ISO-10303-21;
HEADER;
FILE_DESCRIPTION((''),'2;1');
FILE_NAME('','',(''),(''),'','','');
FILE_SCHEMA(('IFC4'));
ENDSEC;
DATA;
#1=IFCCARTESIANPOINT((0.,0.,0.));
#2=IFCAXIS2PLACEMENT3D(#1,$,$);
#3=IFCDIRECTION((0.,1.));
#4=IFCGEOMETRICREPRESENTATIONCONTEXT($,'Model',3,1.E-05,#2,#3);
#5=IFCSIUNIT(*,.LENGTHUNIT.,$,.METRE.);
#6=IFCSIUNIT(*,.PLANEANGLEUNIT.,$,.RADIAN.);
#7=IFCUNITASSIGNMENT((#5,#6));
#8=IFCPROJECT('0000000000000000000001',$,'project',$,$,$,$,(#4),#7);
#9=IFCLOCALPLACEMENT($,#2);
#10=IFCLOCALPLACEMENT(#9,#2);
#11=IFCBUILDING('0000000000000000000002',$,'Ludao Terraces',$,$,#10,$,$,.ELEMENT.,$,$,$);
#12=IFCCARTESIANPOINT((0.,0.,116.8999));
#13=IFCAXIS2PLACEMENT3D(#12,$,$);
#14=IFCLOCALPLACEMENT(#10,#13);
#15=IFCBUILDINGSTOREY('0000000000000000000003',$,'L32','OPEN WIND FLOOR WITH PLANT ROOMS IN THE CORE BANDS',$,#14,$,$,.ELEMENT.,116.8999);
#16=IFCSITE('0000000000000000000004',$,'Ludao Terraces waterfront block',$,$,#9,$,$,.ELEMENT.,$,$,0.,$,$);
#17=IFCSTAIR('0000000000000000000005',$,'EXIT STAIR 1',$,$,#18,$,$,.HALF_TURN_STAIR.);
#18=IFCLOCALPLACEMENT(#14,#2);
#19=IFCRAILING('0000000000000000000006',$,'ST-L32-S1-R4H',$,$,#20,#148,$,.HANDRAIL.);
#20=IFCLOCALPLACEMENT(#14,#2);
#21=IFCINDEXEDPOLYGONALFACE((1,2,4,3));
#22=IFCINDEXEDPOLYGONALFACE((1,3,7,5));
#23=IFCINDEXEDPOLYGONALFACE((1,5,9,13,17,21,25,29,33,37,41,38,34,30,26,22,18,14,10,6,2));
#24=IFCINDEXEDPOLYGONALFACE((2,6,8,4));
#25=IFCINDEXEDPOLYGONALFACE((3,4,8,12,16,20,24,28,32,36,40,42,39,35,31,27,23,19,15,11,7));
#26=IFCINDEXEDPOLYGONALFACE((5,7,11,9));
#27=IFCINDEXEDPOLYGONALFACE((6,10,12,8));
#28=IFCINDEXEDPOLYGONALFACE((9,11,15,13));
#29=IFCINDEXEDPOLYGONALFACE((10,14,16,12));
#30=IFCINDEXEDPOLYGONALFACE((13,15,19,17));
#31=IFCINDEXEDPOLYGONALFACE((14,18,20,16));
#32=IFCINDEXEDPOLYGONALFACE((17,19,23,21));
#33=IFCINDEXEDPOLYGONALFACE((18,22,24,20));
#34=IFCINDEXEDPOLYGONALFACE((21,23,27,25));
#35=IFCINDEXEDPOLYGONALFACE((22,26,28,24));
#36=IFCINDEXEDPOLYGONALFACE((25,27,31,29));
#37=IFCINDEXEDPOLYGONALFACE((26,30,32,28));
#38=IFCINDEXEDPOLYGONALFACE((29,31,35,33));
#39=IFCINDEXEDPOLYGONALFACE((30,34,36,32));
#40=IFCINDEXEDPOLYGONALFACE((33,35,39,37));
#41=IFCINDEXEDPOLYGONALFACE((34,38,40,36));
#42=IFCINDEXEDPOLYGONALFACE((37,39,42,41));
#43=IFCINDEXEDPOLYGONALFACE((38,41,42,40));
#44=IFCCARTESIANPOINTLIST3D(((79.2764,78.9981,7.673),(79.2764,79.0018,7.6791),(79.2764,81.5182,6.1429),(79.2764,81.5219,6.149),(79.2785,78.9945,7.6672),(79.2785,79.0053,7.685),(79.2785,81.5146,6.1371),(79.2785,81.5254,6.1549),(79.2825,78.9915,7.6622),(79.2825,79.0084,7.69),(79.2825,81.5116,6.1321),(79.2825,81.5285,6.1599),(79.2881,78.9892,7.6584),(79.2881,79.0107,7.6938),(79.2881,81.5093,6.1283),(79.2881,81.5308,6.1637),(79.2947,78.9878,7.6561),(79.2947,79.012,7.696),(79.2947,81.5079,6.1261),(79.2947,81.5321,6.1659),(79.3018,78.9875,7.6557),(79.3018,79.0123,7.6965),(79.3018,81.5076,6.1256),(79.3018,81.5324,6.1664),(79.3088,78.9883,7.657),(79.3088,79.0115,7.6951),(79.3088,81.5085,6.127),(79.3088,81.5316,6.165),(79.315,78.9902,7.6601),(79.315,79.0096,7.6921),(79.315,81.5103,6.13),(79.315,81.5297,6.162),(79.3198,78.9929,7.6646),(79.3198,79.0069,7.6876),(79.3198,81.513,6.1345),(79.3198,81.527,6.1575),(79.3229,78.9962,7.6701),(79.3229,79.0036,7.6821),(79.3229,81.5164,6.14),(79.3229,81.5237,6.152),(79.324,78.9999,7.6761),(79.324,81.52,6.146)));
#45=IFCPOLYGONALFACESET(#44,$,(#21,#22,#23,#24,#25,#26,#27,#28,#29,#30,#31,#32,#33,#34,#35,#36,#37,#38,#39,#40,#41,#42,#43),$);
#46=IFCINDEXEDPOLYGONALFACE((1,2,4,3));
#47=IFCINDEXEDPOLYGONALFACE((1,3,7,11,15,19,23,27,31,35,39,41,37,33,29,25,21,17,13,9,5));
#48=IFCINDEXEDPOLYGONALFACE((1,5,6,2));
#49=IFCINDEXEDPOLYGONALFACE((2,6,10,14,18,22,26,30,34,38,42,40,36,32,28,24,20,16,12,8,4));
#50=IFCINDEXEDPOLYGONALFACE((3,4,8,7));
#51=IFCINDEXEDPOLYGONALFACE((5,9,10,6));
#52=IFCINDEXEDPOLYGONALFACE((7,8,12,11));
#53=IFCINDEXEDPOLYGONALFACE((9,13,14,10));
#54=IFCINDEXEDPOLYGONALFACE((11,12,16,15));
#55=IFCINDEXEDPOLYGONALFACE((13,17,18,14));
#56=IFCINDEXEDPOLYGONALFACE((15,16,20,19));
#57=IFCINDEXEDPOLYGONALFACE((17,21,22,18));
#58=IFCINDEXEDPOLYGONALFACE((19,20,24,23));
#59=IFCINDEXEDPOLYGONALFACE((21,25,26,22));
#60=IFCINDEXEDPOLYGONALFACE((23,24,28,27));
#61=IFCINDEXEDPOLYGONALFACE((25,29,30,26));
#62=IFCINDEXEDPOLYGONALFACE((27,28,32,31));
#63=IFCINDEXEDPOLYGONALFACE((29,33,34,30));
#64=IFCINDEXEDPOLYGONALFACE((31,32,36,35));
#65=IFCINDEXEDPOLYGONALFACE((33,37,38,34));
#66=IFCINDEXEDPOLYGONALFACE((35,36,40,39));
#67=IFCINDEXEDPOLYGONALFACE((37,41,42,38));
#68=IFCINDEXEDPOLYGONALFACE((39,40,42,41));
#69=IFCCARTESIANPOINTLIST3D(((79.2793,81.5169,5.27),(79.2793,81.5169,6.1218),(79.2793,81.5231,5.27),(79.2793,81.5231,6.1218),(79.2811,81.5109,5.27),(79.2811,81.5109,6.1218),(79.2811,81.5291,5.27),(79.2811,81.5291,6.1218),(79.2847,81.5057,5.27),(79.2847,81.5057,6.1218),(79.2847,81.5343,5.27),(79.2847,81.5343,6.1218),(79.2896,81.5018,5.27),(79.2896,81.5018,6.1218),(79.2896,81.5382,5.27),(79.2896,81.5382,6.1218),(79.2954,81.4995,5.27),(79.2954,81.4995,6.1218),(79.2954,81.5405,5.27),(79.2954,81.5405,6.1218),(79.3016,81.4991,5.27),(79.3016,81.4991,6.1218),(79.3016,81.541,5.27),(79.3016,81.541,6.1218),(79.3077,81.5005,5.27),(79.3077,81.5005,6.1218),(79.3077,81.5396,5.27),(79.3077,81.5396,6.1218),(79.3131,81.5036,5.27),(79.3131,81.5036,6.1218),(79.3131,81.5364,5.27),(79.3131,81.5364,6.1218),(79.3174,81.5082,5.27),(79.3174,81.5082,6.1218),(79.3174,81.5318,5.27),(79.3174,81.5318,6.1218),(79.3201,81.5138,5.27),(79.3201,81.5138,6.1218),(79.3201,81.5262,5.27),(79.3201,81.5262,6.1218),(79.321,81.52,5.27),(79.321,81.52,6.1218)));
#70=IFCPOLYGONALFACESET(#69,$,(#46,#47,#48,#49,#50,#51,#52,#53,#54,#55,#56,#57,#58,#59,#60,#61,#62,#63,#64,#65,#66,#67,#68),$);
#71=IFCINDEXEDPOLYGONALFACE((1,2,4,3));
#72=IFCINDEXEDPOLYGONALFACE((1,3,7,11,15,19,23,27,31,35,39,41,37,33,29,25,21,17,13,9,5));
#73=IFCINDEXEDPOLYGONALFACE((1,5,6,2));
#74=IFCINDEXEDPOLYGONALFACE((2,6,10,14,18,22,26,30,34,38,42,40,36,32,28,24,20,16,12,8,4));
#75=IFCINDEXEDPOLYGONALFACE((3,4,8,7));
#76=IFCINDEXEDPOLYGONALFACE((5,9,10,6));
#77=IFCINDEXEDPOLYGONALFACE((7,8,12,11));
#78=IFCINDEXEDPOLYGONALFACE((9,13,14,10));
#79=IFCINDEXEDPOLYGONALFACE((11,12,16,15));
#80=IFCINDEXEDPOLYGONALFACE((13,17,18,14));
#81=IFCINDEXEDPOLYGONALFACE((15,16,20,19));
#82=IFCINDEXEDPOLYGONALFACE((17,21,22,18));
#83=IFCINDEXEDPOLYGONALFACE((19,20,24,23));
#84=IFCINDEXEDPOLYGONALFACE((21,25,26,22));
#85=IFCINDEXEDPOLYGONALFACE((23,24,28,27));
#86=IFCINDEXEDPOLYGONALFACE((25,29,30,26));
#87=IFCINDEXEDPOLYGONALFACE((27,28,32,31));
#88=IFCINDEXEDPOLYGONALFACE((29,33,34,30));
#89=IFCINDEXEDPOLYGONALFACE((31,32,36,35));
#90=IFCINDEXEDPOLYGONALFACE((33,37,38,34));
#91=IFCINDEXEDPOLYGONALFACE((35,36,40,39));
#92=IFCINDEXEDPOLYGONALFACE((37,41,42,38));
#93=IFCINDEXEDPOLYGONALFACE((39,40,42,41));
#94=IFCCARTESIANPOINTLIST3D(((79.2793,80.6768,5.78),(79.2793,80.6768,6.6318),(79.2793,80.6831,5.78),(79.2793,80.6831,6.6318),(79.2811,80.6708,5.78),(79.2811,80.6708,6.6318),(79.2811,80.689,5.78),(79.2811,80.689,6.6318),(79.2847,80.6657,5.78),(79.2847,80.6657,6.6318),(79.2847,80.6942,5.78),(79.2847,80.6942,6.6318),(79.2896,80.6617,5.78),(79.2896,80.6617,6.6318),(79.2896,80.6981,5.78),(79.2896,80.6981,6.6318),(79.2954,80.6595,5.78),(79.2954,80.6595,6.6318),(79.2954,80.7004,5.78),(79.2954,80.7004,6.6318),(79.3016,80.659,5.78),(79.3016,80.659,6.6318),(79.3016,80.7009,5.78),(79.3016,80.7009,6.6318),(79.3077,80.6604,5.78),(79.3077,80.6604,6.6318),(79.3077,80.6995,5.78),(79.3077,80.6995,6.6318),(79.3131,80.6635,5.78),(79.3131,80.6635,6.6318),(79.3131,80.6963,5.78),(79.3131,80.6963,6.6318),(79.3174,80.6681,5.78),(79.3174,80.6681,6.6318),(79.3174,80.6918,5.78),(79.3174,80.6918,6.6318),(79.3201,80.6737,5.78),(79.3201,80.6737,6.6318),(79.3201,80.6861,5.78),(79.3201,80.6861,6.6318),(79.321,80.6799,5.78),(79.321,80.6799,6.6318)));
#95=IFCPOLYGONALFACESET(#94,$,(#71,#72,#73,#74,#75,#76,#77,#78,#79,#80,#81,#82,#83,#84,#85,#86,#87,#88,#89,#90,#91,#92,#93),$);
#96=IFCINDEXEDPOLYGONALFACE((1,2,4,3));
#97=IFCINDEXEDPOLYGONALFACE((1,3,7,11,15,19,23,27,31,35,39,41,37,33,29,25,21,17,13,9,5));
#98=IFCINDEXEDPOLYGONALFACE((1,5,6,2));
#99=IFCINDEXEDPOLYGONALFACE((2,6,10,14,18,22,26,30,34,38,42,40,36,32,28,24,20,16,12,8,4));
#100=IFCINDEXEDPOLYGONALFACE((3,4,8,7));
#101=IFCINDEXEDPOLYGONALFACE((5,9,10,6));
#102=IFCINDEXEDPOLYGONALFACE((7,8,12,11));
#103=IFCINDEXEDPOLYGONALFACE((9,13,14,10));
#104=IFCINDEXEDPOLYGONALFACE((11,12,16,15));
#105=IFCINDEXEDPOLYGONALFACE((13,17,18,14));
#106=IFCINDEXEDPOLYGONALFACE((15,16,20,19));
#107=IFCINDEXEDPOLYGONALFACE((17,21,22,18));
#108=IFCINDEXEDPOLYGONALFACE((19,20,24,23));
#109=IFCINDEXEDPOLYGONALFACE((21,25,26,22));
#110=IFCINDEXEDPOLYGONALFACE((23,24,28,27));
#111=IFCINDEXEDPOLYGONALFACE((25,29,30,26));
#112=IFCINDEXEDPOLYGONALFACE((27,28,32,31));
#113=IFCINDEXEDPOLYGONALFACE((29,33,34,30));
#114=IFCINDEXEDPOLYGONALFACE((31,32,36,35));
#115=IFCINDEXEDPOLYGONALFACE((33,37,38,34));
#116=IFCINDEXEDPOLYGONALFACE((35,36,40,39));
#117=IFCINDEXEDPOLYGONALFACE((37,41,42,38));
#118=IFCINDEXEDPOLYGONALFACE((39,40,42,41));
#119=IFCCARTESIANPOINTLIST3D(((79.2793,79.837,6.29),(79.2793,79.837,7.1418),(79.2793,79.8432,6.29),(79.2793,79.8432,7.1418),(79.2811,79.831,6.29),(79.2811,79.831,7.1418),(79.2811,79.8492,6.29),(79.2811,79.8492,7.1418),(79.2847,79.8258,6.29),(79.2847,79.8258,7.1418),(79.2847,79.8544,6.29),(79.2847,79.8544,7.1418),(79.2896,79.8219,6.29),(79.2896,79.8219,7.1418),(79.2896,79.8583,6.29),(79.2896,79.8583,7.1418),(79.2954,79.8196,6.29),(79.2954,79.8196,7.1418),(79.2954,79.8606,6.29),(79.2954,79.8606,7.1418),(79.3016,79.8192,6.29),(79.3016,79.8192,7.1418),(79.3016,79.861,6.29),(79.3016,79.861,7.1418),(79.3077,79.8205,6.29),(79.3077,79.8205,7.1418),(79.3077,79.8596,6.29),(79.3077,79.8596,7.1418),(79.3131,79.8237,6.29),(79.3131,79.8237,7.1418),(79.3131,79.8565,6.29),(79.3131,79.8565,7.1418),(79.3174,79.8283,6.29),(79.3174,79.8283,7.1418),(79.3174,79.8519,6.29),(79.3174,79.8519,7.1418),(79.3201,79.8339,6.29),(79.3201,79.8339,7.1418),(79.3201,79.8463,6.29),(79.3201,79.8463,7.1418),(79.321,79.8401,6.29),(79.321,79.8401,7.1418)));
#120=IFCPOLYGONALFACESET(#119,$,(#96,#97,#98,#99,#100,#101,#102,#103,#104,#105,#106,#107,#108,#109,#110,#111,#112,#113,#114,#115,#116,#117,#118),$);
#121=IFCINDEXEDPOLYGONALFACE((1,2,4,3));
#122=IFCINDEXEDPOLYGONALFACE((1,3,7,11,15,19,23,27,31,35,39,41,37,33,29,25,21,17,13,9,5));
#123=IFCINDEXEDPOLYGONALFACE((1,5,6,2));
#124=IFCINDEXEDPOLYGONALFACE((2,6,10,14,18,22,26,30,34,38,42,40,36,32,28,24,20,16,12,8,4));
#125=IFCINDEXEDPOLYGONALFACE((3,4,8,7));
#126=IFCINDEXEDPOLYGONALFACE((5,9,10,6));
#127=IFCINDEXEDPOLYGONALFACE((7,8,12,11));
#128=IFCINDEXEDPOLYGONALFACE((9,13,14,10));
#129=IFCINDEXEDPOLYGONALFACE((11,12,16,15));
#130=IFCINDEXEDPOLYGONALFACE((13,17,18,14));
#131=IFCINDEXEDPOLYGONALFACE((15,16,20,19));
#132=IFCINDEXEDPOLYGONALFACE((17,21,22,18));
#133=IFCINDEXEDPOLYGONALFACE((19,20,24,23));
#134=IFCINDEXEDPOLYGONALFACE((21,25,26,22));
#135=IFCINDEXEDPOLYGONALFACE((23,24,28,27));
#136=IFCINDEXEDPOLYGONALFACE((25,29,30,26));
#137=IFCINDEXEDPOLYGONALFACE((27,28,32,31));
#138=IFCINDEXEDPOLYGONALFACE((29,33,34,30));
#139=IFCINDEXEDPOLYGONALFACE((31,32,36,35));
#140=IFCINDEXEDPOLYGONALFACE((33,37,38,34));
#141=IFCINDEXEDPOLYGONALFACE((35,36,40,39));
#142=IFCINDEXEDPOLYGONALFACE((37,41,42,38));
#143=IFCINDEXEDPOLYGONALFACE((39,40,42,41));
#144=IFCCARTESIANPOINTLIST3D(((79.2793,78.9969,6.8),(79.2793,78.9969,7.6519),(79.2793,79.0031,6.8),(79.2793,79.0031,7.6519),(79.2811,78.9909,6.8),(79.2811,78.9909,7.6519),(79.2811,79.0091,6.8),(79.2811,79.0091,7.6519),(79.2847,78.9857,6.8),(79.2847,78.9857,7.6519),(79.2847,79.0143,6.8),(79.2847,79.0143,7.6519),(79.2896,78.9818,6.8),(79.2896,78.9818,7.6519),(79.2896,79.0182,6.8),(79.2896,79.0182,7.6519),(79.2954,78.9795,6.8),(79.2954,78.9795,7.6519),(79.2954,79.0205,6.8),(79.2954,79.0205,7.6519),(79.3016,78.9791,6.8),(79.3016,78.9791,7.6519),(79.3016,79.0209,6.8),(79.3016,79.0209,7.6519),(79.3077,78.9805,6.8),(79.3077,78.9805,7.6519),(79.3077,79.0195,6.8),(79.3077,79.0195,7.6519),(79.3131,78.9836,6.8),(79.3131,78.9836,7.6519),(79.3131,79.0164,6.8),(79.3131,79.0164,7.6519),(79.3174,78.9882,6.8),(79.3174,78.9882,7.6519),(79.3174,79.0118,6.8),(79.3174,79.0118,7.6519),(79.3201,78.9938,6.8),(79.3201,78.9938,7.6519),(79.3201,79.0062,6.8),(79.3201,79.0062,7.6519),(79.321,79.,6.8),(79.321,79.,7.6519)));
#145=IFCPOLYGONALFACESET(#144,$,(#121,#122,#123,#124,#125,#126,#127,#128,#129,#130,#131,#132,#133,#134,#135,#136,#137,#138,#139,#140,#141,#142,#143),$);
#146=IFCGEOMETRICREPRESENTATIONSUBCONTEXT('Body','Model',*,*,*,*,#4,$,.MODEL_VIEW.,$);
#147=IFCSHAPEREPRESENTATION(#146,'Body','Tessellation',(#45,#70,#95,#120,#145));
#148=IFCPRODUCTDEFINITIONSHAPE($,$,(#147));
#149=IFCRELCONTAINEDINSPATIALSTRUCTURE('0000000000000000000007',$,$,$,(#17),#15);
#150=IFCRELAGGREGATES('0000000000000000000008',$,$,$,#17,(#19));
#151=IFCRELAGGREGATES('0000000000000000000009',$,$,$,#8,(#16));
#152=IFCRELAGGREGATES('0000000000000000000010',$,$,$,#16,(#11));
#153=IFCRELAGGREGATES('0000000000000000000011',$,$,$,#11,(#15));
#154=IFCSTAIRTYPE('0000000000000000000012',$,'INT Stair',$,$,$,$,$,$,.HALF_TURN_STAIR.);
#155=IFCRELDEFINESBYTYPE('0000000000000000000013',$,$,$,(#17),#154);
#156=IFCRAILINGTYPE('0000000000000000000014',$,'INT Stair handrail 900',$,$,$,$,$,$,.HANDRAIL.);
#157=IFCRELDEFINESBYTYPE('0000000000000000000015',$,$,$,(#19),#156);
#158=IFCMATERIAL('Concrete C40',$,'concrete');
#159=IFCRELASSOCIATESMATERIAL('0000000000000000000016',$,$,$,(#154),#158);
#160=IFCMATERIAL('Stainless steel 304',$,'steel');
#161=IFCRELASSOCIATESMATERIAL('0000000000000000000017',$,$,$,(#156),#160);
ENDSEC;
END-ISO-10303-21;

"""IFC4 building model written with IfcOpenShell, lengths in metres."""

from ifc_helpers import new_model, si_unit, direction, frame, origin, origin_2d, place, context, subcontext, project, spatial, circle, extrude, material, type_object, element, aggregate, save


model = new_model("IFC4")

# Units and contexts
model_context = context("Model", 3, precision=1e-05, world=origin(), true_north=direction((0.0, 1.0)))
body_context = subcontext(model_context, "Body", "Model", "MODEL_VIEW")
ifc_project = project(units=[si_unit("LENGTHUNIT", "METRE"), si_unit("PLANEANGLEUNIT", "RADIAN")], contexts=[model_context])

# Site, building, storey
site_placement = place(None, origin())
site = spatial("IfcSite", under=ifc_project, at=site_placement, Name="Ludao Terraces waterfront block", CompositionType="ELEMENT", RefElevation=0.0)
building_placement = place(site_placement, origin())
building = spatial("IfcBuilding", under=site, at=building_placement, Name="Ludao Terraces", CompositionType="ELEMENT")
storey_placement = place(building_placement, frame((0.0, 0.0, 116.8999)))
storey = spatial("IfcBuildingStorey", under=building, at=storey_placement, Name="L32", Description="OPEN WIND FLOOR WITH PLANT ROOMS IN THE CORE BANDS", CompositionType="ELEMENT", Elevation=116.8999)

# Shared definitions
ifc_material_1 = material(Name="Stainless steel 304", Category="steel")

# Stair, railing
ifc_material_2 = material(Name="Concrete C40", Category="concrete")
stair_type = type_object("IfcStairType", Name="INT Stair", PredefinedType="HALF_TURN_STAIR", material=ifc_material_2)
stair_placement = place(storey_placement, origin())
stair = element("IfcStair", 1, at=stair_placement, inside=storey, type_object=stair_type, Name="EXIT STAIR 1", PredefinedType="HALF_TURN_STAIR")
railing_type_1 = type_object("IfcRailingType", Name="INT Stair handrail 900", PredefinedType="HANDRAIL", material=ifc_material_1)
railing_1_placement = place(storey_placement, frame((79.3, 81.52, 5.27)))
railing_1 = element("IfcRailing", 2, at=railing_1_placement, type_object=railing_type_1, Name="ST-L32-S1-R4H", PredefinedType="HANDRAIL", context=body_context, shape_type="SweptSolid", body=[
    extrude(circle(Radius=0.0239, at=origin_2d()), frame((0.0, 0.0, 0.876), z_axis=(0.0, -0.854785, 0.518982), x_axis=(1.0, 0.0, 0.0)), (0.0, 0.0, 1.0), 2.9482),
    extrude(circle(Radius=0.021, at=origin_2d()), origin(), (0.0, 0.0, 1.0), 0.8518),
    extrude(circle(Radius=0.021, at=origin_2d()), frame((0.0, -0.8401, 0.51)), (0.0, 0.0, 1.0), 0.8518),
    extrude(circle(Radius=0.021, at=origin_2d()), frame((0.0, -1.6799, 1.02)), (0.0, 0.0, 1.0), 0.8518),
    extrude(circle(Radius=0.021, at=origin_2d()), frame((0.0, -2.52, 1.53)), (0.0, 0.0, 1.0), 0.8518),
])
aggregate(stair, [railing_1])

save(model, "model.ifc")
